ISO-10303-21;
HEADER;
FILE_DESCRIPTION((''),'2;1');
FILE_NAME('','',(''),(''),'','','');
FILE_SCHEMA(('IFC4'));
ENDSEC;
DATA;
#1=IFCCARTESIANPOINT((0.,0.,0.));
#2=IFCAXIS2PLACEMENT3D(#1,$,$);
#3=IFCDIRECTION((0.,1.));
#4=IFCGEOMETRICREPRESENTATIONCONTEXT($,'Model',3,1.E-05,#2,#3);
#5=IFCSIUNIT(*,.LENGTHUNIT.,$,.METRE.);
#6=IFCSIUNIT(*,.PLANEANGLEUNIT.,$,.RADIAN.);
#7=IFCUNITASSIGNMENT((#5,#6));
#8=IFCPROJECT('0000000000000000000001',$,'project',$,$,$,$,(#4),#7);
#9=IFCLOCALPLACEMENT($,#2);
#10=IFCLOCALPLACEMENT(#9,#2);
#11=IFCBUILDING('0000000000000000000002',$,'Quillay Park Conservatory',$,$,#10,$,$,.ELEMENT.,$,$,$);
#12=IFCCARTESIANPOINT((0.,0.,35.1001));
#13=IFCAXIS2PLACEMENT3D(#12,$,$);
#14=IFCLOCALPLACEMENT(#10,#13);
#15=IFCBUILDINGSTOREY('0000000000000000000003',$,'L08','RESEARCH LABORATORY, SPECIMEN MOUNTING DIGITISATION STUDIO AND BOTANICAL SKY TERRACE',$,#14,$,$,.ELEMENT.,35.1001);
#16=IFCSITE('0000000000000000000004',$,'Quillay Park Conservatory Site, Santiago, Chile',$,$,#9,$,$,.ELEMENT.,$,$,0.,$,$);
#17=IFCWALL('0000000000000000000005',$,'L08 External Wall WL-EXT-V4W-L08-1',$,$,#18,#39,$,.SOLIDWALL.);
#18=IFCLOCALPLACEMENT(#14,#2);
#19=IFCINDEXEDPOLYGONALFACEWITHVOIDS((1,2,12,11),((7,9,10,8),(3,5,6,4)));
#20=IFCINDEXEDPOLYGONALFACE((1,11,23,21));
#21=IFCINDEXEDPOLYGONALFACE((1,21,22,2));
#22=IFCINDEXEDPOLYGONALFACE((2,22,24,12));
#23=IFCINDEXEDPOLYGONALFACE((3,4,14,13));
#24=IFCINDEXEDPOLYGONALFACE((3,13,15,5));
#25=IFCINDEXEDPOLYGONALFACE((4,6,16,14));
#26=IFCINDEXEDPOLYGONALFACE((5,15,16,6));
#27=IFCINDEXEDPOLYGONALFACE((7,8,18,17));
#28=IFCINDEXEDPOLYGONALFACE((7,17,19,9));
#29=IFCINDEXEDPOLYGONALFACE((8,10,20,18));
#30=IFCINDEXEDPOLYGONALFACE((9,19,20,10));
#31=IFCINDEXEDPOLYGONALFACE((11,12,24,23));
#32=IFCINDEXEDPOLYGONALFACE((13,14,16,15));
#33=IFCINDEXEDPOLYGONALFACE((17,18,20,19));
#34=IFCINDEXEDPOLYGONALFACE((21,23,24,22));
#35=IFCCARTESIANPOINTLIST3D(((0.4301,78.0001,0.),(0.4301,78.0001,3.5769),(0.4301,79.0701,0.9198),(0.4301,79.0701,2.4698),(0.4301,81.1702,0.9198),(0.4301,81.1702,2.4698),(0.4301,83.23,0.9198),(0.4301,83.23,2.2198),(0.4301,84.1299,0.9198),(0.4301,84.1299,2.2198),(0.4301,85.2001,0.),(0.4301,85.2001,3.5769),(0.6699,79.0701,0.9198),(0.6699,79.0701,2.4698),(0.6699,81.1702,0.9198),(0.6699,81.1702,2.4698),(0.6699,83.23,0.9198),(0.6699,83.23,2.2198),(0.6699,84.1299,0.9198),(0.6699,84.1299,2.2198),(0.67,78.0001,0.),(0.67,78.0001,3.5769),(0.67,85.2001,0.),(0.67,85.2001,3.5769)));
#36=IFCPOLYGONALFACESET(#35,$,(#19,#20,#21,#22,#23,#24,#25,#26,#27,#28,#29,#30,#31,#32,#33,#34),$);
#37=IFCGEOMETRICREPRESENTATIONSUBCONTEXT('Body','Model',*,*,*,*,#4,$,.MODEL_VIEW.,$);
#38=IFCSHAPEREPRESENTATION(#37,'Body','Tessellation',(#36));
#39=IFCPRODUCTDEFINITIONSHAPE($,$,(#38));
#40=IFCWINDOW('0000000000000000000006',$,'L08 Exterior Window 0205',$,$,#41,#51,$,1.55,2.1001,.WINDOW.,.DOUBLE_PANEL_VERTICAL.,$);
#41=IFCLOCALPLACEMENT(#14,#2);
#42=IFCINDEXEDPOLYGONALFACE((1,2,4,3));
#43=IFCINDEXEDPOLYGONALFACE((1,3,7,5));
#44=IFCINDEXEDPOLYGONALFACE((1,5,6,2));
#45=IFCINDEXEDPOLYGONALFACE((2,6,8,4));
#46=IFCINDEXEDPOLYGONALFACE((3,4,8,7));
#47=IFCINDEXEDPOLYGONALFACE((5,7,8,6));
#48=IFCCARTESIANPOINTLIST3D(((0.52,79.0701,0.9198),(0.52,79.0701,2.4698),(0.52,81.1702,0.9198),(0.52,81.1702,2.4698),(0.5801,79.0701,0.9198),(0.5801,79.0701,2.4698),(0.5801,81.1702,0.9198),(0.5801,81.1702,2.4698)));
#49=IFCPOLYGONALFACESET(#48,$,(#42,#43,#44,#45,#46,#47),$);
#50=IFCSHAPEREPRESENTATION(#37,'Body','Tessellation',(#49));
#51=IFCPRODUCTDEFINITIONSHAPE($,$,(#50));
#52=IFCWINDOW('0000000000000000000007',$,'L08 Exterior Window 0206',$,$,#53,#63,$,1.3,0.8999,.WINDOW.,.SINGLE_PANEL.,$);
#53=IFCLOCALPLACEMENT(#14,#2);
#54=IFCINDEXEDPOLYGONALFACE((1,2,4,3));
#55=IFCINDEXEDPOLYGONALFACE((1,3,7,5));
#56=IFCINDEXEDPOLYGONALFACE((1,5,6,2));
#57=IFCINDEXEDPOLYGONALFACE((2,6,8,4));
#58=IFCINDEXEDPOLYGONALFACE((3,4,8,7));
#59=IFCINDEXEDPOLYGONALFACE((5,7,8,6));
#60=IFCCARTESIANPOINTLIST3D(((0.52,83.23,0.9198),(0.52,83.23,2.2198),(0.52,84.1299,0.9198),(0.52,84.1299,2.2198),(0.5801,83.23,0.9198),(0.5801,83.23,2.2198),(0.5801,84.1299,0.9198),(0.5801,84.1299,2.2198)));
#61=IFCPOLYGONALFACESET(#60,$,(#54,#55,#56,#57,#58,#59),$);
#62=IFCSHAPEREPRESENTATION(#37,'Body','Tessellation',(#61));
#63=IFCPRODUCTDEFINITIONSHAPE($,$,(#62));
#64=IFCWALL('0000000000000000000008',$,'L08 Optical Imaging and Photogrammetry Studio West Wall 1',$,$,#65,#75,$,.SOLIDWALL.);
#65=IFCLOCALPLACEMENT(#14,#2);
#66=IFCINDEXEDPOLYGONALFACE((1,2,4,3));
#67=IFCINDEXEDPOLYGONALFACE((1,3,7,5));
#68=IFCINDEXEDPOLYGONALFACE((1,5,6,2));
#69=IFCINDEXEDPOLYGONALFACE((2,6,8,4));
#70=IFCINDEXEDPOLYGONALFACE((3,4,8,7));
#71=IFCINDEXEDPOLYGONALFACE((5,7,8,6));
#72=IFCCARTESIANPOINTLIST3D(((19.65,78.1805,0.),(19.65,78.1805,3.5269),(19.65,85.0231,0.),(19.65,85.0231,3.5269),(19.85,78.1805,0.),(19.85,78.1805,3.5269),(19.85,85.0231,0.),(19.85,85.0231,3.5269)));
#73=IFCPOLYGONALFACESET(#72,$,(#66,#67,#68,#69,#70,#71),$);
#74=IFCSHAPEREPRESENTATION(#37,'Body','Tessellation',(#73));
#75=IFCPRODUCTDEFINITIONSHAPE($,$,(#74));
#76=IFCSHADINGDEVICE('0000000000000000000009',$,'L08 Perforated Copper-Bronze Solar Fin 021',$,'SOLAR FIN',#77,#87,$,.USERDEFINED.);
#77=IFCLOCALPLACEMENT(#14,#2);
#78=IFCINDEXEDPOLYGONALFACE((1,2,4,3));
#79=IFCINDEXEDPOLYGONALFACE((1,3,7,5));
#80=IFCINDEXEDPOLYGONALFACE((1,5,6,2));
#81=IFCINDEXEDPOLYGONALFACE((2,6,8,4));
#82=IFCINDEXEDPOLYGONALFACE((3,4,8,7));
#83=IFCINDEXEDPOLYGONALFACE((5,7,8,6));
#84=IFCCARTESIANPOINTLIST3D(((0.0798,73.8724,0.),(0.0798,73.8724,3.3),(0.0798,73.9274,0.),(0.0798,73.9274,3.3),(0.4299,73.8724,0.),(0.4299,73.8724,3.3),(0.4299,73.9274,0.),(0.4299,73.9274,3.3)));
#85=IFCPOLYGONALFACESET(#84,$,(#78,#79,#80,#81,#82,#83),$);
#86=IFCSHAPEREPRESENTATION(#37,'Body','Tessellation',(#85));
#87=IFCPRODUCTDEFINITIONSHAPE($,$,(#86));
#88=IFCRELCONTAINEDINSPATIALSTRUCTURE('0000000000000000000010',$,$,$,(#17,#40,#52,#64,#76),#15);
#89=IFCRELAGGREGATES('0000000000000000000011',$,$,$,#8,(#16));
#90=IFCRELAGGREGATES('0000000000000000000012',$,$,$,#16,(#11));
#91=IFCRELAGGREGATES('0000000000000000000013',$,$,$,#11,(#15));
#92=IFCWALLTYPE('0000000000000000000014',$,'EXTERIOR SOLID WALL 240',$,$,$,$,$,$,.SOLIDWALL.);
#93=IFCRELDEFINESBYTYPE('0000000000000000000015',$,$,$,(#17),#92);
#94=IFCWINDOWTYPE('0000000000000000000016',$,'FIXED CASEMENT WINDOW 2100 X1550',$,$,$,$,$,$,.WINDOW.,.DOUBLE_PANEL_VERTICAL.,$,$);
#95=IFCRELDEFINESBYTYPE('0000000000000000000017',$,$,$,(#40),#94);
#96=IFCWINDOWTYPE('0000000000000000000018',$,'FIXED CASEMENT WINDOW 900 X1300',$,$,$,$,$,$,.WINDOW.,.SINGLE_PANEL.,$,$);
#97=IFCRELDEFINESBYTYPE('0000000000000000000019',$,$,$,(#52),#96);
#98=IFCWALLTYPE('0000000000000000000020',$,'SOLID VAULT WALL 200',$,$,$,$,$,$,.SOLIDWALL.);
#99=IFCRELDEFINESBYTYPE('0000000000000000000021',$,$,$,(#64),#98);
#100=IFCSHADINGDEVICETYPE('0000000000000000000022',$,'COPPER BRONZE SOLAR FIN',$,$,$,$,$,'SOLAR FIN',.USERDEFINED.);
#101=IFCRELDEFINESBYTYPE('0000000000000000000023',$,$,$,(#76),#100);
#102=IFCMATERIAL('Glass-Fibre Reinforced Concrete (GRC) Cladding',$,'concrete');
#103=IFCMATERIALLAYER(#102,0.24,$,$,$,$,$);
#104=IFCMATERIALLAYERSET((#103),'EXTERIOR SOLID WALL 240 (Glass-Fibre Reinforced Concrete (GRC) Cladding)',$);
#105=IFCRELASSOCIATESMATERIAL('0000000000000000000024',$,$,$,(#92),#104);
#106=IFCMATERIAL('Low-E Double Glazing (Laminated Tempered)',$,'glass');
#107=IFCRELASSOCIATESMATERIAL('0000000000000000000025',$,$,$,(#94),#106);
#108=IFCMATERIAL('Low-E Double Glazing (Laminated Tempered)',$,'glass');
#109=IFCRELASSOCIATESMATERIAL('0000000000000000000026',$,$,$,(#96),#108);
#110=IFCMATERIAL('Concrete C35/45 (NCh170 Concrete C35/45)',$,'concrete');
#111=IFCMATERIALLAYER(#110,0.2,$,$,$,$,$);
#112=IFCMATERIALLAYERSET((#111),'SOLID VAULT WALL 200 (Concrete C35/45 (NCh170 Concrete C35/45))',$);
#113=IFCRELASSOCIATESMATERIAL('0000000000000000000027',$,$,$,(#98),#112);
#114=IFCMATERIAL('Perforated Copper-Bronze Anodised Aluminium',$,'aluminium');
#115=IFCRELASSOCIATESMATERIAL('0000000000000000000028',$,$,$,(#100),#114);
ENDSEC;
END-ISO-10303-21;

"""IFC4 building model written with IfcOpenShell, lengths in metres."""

from ifc_helpers import new_model, si_unit, direction, frame, frame_2d, origin, origin_2d, place, context, subcontext, project, spatial, rectangle, extrude, material, layer, layer_set, type_object, element, fill, save


model = new_model("IFC4")

# Units and contexts
model_context = context("Model", 3, precision=1e-05, world=origin(), true_north=direction((0.0, 1.0)))
body_context = subcontext(model_context, "Body", "Model", "MODEL_VIEW")
ifc_project = project(units=[si_unit("LENGTHUNIT", "METRE"), si_unit("PLANEANGLEUNIT", "RADIAN")], contexts=[model_context])

# Site, building, storey
site_placement = place(None, origin())
site = spatial("IfcSite", under=ifc_project, at=site_placement, Name="Quillay Park Conservatory Site, Santiago, Chile", CompositionType="ELEMENT", RefElevation=0.0)
building_placement = place(site_placement, origin())
building = spatial("IfcBuilding", under=site, at=building_placement, Name="Quillay Park Conservatory", CompositionType="ELEMENT")
storey_placement = place(building_placement, frame((0.0, 0.0, 35.1001)))
storey = spatial("IfcBuildingStorey", under=building, at=storey_placement, Name="L08", Description="RESEARCH LABORATORY, SPECIMEN MOUNTING DIGITISATION STUDIO AND BOTANICAL SKY TERRACE", CompositionType="ELEMENT", Elevation=35.1001)

# Wall, openings, windows
ifc_material_1 = material(Name="Glass-Fibre Reinforced Concrete (GRC) Cladding", Category="concrete")
ifc_layer_1 = layer(ifc_material_1, 0.24)
ifc_layer_set_1 = layer_set([ifc_layer_1], Name="EXTERIOR SOLID WALL 240 (Glass-Fibre Reinforced Concrete (GRC) Cladding)")
wall_type_1 = type_object("IfcWallType", Name="EXTERIOR SOLID WALL 240", PredefinedType="SOLIDWALL", material=ifc_layer_set_1)
wall_1_placement = place(storey_placement, frame((0.55, 78.0, 0.0), z_axis=(0.0, 0.0, 1.0), x_axis=(0.0, 1.0, 0.0)))
wall_1 = element("IfcWall", 1, at=wall_1_placement, inside=storey, type_object=wall_type_1, Name="L08 External Wall WL-EXT-V4W-L08-1", PredefinedType="SOLIDWALL", context=body_context, shape_type="SweptSolid", body=[
    extrude(rectangle(XDim=7.2, YDim=0.24, at=frame_2d((3.6001, 0.0))), origin(), (0.0, 0.0, 1.0), 3.5769),
])
opening_1_placement = place(wall_1_placement, frame((1.0701, 0.0, 0.9199)))
opening_1 = element("IfcOpeningElement", 2, at=opening_1_placement, cuts=wall_1, PredefinedType="OPENING", context=body_context, shape_type="SweptSolid", body=[
    extrude(rectangle(XDim=2.1001, YDim=1.55, at=frame_2d((1.05, 0.7749))), frame((0.0, 0.1201, 0.0), z_axis=(0.0, -1.0, 0.0), x_axis=(1.0, 0.0, 0.0)), (0.0, 0.0, 1.0), 0.24),
])
opening_2_placement = place(wall_1_placement, frame((5.23, 0.0, 0.9199)))
opening_2 = element("IfcOpeningElement", 3, at=opening_2_placement, cuts=wall_1, PredefinedType="OPENING", context=body_context, shape_type="SweptSolid", body=[
    extrude(rectangle(XDim=0.8999, YDim=1.3, at=frame_2d((0.45, 0.6499))), frame((0.0, 0.1201, 0.0), z_axis=(0.0, -1.0, 0.0), x_axis=(1.0, 0.0, 0.0)), (0.0, 0.0, 1.0), 0.24),
])
ifc_material_2 = material(Name="Low-E Double Glazing (Laminated Tempered)", Category="glass")
window_type_1 = type_object("IfcWindowType", Name="FIXED CASEMENT WINDOW 2100 X1550", PartitioningType="DOUBLE_PANEL_VERTICAL", PredefinedType="WINDOW", material=ifc_material_2)
window_1_placement = place(opening_1_placement, origin())
window_1 = element("IfcWindow", 4, at=window_1_placement, inside=storey, type_object=window_type_1, Name="L08 Exterior Window 0205", OverallHeight=1.55, OverallWidth=2.1001, PartitioningType="DOUBLE_PANEL_VERTICAL", PredefinedType="WINDOW", context=body_context, shape_type="SweptSolid", body=[
    extrude(rectangle(XDim=2.1001, YDim=1.55, at=frame_2d((1.05, 0.7749))), frame((0.0, 0.03, 0.0), z_axis=(0.0, -1.0, 0.0), x_axis=(1.0, 0.0, 0.0)), (0.0, 0.0, 1.0), 0.0601),
])
fill(opening_1, window_1)
ifc_material_3 = material(Name="Low-E Double Glazing (Laminated Tempered)", Category="glass")
window_type_2 = type_object("IfcWindowType", Name="FIXED CASEMENT WINDOW 900 X1300", PartitioningType="SINGLE_PANEL", PredefinedType="WINDOW", material=ifc_material_3)
window_2_placement = place(opening_2_placement, origin())
window_2 = element("IfcWindow", 5, at=window_2_placement, inside=storey, type_object=window_type_2, Name="L08 Exterior Window 0206", OverallHeight=1.3, OverallWidth=0.8999, PartitioningType="SINGLE_PANEL", PredefinedType="WINDOW", context=body_context, shape_type="SweptSolid", body=[
    extrude(rectangle(XDim=0.8999, YDim=1.3, at=frame_2d((0.45, 0.6499))), frame((0.0, 0.03, 0.0), z_axis=(0.0, -1.0, 0.0), x_axis=(1.0, 0.0, 0.0)), (0.0, 0.0, 1.0), 0.0601),
])
fill(opening_2, window_2)

# Wall
ifc_material_4 = material(Name="Concrete C35/45 (NCh170 Concrete C35/45)", Category="concrete")
ifc_layer_2 = layer(ifc_material_4, 0.2)
ifc_layer_set_2 = layer_set([ifc_layer_2], Name="SOLID VAULT WALL 200 (Concrete C35/45 (NCh170 Concrete C35/45))")
wall_type_2 = type_object("IfcWallType", Name="SOLID VAULT WALL 200", PredefinedType="SOLIDWALL", material=ifc_layer_set_2)
wall_2_placement = place(storey_placement, frame((19.75, 78.1804, 0.0), z_axis=(0.0, 0.0, 1.0), x_axis=(0.0, 1.0, 0.0)))
element("IfcWall", 6, at=wall_2_placement, inside=storey, type_object=wall_type_2, Name="L08 Optical Imaging and Photogrammetry Studio West Wall 1", PredefinedType="SOLIDWALL", context=body_context, shape_type="SweptSolid", body=[
    extrude(rectangle(XDim=6.8425, YDim=0.2, at=frame_2d((3.4214, 0.0))), origin(), (0.0, 0.0, 1.0), 3.5269),
])

# Shading device
ifc_material_5 = material(Name="Perforated Copper-Bronze Anodised Aluminium", Category="aluminium")
shading_device_type = type_object("IfcShadingDeviceType", Name="COPPER BRONZE SOLAR FIN", ElementType="SOLAR FIN", PredefinedType="USERDEFINED", material=ifc_material_5)
shading_device_placement = place(storey_placement, frame((0.2549, 73.8999, 0.0), z_axis=(0.0, 0.0, 1.0), x_axis=(1.0, 0.0, 0.0)))
element("IfcShadingDevice", 7, at=shading_device_placement, inside=storey, type_object=shading_device_type, Name="L08 Perforated Copper-Bronze Solar Fin 021", ObjectType="SOLAR FIN", PredefinedType="USERDEFINED", context=body_context, shape_type="SweptSolid", body=[
    extrude(rectangle(XDim=0.3501, YDim=0.0549, at=origin_2d()), origin(), (0.0, 0.0, 1.0), 3.3),
])

save(model, "model.ifc")
